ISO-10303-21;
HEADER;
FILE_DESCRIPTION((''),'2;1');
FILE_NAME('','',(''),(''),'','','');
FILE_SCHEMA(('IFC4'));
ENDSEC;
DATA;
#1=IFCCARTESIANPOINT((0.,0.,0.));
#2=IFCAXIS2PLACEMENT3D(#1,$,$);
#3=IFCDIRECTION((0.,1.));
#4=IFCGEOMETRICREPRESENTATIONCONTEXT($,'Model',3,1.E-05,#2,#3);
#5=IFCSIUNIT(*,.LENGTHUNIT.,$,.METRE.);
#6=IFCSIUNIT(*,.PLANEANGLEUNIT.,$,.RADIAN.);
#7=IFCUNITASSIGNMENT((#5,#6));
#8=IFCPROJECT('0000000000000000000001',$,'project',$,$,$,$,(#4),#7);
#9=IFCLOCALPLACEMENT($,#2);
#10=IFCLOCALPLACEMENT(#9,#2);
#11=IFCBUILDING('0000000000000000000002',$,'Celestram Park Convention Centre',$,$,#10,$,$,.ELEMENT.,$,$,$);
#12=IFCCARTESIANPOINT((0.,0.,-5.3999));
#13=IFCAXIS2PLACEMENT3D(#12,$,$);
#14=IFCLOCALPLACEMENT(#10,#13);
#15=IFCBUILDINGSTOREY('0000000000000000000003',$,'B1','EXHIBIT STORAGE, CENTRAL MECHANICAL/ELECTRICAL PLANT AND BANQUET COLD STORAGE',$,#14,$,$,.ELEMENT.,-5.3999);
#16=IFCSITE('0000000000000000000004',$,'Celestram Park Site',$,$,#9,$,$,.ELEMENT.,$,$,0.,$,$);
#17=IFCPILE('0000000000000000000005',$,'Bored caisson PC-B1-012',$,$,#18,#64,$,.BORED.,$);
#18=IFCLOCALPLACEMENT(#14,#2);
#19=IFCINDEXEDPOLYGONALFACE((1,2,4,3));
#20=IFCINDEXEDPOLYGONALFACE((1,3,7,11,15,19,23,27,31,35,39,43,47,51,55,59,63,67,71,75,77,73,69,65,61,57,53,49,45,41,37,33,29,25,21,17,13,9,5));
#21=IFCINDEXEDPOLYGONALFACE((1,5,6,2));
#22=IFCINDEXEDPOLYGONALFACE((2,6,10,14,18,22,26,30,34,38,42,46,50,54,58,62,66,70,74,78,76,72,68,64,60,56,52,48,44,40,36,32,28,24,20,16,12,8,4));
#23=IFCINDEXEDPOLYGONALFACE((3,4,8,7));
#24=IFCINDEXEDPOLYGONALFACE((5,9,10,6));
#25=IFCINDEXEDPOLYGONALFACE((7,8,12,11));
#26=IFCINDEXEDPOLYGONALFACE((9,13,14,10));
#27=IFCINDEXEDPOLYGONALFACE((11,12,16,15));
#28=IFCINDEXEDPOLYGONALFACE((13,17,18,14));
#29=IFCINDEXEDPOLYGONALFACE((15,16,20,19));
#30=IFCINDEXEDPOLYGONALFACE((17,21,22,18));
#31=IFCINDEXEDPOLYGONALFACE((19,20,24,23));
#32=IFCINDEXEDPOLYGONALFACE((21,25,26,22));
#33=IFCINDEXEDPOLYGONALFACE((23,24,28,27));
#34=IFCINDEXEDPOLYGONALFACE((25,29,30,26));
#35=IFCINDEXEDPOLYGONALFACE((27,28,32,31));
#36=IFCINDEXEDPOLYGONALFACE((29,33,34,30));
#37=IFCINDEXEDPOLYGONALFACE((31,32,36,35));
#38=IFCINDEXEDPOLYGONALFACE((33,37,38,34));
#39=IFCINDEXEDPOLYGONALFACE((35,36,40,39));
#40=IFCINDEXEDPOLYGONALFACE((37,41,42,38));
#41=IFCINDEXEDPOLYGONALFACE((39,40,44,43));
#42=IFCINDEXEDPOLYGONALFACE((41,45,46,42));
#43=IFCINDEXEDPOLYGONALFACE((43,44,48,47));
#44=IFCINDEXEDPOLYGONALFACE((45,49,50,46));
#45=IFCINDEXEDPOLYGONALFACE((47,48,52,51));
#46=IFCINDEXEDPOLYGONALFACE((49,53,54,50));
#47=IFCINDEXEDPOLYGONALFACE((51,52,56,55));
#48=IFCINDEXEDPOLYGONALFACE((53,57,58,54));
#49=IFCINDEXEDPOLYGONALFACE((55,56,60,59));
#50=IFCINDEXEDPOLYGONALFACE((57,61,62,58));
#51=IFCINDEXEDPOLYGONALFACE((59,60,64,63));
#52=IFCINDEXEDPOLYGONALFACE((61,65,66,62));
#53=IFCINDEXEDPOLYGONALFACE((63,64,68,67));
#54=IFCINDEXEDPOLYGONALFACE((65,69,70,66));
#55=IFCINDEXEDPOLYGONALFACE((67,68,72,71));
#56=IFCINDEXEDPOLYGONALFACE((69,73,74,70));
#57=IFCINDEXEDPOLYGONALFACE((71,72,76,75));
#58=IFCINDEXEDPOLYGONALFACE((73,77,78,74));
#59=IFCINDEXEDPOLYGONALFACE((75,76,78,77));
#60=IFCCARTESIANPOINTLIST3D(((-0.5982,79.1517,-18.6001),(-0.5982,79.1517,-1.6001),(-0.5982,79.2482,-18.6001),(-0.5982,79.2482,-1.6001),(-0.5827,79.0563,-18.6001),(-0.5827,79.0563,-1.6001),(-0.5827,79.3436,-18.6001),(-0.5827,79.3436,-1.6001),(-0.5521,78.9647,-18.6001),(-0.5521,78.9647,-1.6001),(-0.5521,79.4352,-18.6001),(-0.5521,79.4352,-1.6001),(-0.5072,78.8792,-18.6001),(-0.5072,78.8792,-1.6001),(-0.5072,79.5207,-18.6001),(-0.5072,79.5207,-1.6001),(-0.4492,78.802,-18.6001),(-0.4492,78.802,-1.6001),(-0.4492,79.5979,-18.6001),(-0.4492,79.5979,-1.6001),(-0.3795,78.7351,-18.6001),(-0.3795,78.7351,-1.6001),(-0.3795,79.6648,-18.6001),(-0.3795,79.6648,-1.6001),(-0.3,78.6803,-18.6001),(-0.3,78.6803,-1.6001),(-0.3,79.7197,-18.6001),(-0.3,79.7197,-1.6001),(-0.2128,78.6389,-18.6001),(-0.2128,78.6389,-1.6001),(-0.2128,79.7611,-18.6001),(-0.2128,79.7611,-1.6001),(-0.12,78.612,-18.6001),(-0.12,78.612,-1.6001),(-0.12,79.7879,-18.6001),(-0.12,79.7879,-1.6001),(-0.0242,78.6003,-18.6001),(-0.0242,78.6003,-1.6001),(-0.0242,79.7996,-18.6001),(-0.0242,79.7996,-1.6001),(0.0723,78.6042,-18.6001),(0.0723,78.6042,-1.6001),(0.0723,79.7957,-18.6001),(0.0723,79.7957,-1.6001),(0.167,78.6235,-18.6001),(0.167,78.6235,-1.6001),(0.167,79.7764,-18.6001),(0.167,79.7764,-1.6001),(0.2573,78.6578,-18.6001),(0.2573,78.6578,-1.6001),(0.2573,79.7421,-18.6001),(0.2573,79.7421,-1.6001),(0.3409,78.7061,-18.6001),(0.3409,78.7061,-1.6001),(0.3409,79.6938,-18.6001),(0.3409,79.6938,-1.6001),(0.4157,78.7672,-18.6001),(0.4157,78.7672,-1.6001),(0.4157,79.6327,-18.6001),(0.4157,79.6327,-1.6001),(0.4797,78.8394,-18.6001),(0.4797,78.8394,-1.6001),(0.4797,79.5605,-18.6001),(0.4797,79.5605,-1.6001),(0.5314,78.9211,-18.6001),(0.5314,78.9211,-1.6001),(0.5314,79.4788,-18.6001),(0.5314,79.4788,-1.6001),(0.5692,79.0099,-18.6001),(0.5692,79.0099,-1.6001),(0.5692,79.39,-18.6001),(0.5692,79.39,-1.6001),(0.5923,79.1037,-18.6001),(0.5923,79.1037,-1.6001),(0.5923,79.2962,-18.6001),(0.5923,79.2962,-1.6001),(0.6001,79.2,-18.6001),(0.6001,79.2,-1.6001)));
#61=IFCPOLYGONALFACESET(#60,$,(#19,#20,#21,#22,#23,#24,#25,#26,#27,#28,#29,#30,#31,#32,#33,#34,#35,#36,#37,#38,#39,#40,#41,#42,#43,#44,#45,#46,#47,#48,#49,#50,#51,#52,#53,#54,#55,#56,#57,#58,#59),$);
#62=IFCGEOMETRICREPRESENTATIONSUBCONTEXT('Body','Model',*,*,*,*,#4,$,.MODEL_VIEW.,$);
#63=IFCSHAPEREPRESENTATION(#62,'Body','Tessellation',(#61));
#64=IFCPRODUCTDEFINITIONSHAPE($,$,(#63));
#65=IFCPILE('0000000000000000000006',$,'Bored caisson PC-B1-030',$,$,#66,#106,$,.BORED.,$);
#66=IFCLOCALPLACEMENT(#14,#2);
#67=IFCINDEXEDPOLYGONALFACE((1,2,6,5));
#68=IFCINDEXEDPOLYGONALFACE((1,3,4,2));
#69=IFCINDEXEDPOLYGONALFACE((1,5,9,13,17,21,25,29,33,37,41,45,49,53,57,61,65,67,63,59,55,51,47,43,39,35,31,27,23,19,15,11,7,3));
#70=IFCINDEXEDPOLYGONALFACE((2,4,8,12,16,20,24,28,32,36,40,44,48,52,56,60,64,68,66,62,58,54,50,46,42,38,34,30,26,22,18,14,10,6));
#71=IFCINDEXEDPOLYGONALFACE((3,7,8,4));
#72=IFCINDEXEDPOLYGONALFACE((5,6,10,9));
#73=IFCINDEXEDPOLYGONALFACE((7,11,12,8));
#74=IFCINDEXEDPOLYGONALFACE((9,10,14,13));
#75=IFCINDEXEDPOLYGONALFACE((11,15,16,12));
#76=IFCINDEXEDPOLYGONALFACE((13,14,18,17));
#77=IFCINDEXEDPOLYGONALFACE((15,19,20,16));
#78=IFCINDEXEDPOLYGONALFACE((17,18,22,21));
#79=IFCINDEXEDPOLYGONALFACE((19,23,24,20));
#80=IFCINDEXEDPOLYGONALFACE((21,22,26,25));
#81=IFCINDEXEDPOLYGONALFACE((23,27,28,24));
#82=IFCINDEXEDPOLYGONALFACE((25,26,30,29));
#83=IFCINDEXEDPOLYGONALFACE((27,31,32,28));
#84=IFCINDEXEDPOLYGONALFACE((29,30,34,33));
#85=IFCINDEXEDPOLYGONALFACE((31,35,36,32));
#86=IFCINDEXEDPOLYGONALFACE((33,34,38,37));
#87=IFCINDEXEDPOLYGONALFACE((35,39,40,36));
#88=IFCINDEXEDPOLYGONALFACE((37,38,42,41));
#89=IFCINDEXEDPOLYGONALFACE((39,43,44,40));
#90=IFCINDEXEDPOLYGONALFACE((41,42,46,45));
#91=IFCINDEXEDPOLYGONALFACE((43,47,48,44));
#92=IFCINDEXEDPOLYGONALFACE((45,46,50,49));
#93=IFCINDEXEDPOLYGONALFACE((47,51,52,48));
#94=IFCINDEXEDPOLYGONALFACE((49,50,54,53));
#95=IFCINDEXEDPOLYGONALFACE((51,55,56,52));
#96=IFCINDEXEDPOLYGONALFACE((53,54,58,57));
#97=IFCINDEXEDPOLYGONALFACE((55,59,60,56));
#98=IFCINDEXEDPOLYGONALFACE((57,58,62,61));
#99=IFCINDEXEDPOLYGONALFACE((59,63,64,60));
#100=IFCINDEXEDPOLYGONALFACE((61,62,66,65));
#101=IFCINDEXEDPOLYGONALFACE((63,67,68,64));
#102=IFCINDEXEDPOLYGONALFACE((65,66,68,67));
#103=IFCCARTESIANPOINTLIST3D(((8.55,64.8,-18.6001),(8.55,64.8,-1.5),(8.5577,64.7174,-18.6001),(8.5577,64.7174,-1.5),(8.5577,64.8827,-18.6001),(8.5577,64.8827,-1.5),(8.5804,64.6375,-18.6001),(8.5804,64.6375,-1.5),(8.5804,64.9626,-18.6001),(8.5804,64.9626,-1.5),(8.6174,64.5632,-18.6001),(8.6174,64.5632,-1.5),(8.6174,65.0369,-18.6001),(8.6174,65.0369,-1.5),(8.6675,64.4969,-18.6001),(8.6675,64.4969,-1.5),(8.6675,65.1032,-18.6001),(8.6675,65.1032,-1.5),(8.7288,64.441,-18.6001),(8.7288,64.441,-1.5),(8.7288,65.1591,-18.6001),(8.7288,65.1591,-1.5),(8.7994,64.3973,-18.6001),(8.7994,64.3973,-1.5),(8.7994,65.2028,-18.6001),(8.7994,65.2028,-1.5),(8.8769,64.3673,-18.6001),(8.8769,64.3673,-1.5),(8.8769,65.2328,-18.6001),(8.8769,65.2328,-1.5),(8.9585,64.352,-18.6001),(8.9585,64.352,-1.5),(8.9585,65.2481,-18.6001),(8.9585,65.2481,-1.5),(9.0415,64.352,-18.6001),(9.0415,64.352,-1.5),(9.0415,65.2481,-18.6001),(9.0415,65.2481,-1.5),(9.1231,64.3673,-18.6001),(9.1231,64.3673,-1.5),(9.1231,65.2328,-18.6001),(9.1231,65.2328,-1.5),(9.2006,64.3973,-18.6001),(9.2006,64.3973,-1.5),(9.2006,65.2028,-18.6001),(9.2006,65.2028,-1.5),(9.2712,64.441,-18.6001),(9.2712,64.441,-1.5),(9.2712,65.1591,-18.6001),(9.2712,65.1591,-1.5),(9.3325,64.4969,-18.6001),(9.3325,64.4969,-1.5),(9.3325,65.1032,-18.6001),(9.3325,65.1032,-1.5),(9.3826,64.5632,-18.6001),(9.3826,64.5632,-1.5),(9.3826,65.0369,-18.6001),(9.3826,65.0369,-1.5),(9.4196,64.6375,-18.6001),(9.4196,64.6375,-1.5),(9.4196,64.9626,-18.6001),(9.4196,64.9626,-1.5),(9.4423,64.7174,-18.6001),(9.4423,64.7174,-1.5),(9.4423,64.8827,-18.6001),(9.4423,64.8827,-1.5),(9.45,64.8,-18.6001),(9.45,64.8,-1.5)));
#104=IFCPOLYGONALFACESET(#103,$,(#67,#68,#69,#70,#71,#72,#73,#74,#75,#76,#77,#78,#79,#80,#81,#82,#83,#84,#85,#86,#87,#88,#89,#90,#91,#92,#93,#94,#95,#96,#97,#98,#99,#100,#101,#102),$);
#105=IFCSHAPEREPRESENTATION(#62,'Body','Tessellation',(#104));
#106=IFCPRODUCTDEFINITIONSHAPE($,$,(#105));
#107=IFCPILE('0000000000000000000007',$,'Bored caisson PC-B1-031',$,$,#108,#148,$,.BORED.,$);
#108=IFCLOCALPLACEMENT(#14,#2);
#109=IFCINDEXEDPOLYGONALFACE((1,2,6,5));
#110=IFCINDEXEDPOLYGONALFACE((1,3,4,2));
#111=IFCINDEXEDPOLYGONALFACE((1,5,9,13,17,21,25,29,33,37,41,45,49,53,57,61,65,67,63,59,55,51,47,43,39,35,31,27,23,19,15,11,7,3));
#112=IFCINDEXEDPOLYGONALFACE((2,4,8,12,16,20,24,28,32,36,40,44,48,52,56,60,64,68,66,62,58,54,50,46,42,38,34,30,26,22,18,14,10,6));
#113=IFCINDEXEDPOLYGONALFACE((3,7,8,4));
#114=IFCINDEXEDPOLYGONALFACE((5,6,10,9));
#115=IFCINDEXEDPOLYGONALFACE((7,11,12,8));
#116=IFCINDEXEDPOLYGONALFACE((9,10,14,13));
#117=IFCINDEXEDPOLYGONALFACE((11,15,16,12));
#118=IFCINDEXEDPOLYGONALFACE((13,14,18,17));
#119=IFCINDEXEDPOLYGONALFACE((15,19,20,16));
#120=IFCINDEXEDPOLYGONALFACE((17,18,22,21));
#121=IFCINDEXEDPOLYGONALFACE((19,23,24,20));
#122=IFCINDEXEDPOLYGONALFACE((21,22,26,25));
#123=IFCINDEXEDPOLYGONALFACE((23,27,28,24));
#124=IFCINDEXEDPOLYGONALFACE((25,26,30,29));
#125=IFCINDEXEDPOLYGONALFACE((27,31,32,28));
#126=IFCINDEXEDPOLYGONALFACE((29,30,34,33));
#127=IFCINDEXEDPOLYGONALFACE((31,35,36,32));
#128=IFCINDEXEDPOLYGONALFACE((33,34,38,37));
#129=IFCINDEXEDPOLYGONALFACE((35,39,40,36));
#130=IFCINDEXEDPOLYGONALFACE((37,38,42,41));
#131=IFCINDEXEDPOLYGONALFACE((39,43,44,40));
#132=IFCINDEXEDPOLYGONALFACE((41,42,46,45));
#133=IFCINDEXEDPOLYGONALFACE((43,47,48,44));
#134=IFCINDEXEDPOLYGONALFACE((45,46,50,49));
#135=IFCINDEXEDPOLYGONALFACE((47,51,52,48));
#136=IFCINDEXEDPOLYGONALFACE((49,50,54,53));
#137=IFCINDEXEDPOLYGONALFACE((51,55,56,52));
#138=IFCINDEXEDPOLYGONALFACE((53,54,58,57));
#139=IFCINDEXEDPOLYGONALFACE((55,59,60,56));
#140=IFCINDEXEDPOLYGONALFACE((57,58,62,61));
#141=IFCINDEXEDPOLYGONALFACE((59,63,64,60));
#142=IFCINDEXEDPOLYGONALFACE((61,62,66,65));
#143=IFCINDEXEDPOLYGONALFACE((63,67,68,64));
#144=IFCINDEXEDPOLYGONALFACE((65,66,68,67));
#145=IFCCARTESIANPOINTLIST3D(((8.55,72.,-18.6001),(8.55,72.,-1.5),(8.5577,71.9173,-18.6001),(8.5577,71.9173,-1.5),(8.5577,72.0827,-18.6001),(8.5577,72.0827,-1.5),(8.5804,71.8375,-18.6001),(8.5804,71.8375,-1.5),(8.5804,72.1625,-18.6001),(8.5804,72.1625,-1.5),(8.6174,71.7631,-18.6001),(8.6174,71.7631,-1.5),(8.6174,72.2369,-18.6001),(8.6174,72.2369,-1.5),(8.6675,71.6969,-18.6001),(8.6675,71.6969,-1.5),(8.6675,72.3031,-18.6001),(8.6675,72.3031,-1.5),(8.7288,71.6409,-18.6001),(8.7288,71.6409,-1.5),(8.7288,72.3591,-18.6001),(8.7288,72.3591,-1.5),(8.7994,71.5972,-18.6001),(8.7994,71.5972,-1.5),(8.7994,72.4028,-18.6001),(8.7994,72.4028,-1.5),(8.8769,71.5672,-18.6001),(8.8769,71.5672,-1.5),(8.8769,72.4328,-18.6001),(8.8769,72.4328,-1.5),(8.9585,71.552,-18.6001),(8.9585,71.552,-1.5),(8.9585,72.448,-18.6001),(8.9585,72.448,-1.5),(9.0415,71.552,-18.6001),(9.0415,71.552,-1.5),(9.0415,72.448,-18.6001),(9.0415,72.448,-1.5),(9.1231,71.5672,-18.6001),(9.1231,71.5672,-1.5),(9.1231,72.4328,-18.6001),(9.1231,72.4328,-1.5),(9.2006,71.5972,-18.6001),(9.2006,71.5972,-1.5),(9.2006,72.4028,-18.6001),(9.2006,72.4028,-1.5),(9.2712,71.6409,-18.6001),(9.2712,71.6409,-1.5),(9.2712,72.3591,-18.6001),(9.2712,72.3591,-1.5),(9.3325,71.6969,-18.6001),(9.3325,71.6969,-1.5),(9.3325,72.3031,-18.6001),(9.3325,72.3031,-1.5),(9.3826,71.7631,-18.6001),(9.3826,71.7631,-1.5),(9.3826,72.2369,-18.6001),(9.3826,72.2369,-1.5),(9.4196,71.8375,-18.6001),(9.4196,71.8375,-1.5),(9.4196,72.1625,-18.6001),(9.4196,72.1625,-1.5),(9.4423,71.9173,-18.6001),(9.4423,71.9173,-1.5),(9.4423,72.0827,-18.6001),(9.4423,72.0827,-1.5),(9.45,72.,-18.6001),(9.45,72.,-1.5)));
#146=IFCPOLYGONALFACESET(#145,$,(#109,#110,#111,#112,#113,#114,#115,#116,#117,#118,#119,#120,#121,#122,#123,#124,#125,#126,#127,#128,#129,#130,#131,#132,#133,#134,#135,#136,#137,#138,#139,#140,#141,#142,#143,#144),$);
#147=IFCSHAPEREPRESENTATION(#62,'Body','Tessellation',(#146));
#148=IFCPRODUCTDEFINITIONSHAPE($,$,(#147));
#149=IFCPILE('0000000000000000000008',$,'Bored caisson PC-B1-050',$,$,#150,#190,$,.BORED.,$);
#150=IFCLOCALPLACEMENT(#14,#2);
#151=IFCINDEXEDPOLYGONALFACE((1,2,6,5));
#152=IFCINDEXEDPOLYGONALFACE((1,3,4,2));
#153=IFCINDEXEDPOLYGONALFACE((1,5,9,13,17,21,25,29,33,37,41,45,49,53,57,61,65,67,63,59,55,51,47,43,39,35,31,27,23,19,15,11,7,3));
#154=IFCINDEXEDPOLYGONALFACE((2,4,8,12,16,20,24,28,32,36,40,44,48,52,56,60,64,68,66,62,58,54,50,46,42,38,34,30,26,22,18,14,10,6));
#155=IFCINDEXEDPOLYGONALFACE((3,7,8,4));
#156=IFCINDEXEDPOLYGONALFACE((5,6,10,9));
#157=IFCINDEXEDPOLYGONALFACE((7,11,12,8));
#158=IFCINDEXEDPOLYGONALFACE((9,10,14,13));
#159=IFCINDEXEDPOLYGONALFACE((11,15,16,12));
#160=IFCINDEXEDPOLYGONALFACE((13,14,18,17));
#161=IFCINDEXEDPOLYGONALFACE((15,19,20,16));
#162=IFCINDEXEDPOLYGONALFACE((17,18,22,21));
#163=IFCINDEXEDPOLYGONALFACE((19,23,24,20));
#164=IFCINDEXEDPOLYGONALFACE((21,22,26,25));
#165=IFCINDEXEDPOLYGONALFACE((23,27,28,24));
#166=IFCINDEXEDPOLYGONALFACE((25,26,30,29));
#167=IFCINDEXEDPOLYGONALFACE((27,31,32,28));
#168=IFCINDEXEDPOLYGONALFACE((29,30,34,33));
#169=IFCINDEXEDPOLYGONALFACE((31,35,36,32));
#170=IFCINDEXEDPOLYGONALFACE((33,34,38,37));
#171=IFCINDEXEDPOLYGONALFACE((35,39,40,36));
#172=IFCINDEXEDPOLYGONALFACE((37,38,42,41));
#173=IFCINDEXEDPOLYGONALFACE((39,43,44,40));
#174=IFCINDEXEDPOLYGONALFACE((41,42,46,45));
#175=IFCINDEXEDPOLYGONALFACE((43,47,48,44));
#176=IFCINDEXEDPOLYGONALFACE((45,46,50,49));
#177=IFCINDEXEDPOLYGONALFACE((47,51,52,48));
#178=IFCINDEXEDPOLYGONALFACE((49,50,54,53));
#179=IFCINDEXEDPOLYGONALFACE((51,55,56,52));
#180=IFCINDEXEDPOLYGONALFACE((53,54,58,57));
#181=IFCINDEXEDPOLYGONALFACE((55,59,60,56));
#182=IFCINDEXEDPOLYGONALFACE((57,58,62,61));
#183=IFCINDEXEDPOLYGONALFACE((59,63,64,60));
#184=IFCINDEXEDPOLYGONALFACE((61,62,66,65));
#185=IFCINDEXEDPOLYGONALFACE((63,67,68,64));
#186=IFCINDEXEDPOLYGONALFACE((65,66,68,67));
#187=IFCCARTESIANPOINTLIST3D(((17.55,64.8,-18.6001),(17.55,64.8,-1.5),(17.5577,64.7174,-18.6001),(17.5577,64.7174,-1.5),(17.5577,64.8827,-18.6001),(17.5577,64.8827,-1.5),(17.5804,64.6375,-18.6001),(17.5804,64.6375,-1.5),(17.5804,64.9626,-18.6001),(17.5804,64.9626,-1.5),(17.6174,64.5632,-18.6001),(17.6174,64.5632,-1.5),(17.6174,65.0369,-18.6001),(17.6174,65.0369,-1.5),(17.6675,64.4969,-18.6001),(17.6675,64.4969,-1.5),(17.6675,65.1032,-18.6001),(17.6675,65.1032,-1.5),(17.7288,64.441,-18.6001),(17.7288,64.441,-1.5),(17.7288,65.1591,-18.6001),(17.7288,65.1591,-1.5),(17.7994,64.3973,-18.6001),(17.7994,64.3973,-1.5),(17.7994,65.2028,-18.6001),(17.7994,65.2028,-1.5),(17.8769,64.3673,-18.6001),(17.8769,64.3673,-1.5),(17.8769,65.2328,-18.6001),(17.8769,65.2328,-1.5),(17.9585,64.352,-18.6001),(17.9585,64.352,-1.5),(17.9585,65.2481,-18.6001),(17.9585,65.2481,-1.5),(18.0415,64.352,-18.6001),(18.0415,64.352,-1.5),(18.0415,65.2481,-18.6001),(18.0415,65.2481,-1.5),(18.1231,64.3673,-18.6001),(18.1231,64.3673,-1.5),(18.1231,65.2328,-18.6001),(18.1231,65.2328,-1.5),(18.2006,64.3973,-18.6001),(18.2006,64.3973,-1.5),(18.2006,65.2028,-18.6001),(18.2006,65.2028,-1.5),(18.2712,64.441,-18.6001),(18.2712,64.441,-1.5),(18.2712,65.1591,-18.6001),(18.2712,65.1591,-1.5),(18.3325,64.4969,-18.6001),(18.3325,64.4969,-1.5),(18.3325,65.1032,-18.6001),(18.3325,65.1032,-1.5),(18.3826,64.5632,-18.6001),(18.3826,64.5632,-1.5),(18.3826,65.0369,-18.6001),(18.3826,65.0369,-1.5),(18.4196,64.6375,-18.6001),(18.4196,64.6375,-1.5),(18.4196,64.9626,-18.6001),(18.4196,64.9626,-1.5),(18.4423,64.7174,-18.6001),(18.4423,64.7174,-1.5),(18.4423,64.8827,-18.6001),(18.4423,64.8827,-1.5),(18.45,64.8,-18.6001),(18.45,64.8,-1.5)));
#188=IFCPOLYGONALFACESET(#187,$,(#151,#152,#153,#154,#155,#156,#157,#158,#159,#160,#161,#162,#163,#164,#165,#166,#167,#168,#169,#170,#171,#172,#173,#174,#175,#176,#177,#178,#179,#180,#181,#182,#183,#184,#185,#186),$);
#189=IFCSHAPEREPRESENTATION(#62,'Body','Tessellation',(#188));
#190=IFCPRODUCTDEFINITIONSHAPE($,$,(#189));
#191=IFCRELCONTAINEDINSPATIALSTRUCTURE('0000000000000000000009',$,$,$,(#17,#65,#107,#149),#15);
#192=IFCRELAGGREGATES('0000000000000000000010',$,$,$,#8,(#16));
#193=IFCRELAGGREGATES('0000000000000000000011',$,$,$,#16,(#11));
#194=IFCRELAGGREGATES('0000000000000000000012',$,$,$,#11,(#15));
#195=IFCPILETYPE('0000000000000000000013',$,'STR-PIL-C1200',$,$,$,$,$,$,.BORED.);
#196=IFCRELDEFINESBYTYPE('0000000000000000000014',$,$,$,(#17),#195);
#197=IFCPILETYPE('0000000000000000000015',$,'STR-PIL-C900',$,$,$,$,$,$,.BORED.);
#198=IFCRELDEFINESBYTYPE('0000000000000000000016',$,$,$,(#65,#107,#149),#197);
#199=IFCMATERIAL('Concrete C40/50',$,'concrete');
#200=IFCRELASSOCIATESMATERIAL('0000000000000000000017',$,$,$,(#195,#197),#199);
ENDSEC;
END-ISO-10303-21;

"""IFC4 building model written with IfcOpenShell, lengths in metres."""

from ifc_helpers import new_model, si_unit, direction, frame, origin, origin_2d, place, context, subcontext, project, spatial, circle, extrude, material, material_profile, profile_set, type_object, element, save


model = new_model("IFC4")

# Units and contexts
model_context = context("Model", 3, precision=1e-05, world=origin(), true_north=direction((0.0, 1.0)))
body_context = subcontext(model_context, "Body", "Model", "MODEL_VIEW")
ifc_project = project(units=[si_unit("LENGTHUNIT", "METRE"), si_unit("PLANEANGLEUNIT", "RADIAN")], contexts=[model_context])

# Site, building, storey
site_placement = place(None, origin())
site = spatial("IfcSite", under=ifc_project, at=site_placement, Name="Celestram Park Site", CompositionType="ELEMENT", RefElevation=0.0)
building_placement = place(site_placement, origin())
building = spatial("IfcBuilding", under=site, at=building_placement, Name="Celestram Park Convention Centre", CompositionType="ELEMENT")
storey_placement = place(building_placement, frame((0.0, 0.0, -5.3999)))
storey = spatial("IfcBuildingStorey", under=building, at=storey_placement, Name="B1", Description="EXHIBIT STORAGE, CENTRAL MECHANICAL/ELECTRICAL PLANT AND BANQUET COLD STORAGE", CompositionType="ELEMENT", Elevation=-5.3999)

# Shared definitions
ifc_material_1 = material(Name="Concrete C40/50", Category="concrete")

# Piles
ifc_material_profile_1 = material_profile(ifc_material_1, circle(Radius=0.6001, at=origin_2d()), Name="CAISSON1200")
ifc_profile_set_1 = profile_set([ifc_material_profile_1], Name="Concrete C40/50")
pile_type_1 = type_object("IfcPileType", Name="STR-PIL-C1200", PredefinedType="BORED", material=ifc_profile_set_1)
for number, where, z_axis, x_axis, name in (
    (1, (0.0, 79.2, -1.6001), (0.0, 0.0, -1.0), (1.0, 0.0, 0.0), "Bored caisson PC-B1-012"),
):
    element("IfcPile", number, at=place(storey_placement, frame(where, z_axis=z_axis, x_axis=x_axis)), inside=storey, type_object=pile_type_1, Name=name, PredefinedType="BORED", context=body_context, shape_type="SweptSolid", body=[
        extrude(circle(Radius=0.6001, at=origin_2d()), origin(), (0.0, 0.0, 1.0), 17.0),
    ])
ifc_material_profile_2 = material_profile(ifc_material_1, circle(Radius=0.45, at=origin_2d()), Name="CAISSON900")
ifc_profile_set_2 = profile_set([ifc_material_profile_2], Name="Concrete C40/50")
pile_type_2 = type_object("IfcPileType", Name="STR-PIL-C900", PredefinedType="BORED", material=ifc_profile_set_2)
for number, where, z_axis, x_axis, name in (
    (2, (9.0, 64.8, -1.5), (0.0, 0.0, -1.0), (1.0, 0.0, 0.0), "Bored caisson PC-B1-030"),
    (3, (9.0, 72.0, -1.5), (0.0, 0.0, -1.0), (1.0, 0.0, 0.0), "Bored caisson PC-B1-031"),
    (4, (18.0, 64.8, -1.5), (0.0, 0.0, -1.0), (1.0, 0.0, 0.0), "Bored caisson PC-B1-050"),
):
    element("IfcPile", number, at=place(storey_placement, frame(where, z_axis=z_axis, x_axis=x_axis)), inside=storey, type_object=pile_type_2, Name=name, PredefinedType="BORED", context=body_context, shape_type="SweptSolid", body=[
        extrude(circle(Radius=0.45, at=origin_2d()), origin(), (0.0, 0.0, 1.0), 17.1001),
    ])

save(model, "model.ifc")
